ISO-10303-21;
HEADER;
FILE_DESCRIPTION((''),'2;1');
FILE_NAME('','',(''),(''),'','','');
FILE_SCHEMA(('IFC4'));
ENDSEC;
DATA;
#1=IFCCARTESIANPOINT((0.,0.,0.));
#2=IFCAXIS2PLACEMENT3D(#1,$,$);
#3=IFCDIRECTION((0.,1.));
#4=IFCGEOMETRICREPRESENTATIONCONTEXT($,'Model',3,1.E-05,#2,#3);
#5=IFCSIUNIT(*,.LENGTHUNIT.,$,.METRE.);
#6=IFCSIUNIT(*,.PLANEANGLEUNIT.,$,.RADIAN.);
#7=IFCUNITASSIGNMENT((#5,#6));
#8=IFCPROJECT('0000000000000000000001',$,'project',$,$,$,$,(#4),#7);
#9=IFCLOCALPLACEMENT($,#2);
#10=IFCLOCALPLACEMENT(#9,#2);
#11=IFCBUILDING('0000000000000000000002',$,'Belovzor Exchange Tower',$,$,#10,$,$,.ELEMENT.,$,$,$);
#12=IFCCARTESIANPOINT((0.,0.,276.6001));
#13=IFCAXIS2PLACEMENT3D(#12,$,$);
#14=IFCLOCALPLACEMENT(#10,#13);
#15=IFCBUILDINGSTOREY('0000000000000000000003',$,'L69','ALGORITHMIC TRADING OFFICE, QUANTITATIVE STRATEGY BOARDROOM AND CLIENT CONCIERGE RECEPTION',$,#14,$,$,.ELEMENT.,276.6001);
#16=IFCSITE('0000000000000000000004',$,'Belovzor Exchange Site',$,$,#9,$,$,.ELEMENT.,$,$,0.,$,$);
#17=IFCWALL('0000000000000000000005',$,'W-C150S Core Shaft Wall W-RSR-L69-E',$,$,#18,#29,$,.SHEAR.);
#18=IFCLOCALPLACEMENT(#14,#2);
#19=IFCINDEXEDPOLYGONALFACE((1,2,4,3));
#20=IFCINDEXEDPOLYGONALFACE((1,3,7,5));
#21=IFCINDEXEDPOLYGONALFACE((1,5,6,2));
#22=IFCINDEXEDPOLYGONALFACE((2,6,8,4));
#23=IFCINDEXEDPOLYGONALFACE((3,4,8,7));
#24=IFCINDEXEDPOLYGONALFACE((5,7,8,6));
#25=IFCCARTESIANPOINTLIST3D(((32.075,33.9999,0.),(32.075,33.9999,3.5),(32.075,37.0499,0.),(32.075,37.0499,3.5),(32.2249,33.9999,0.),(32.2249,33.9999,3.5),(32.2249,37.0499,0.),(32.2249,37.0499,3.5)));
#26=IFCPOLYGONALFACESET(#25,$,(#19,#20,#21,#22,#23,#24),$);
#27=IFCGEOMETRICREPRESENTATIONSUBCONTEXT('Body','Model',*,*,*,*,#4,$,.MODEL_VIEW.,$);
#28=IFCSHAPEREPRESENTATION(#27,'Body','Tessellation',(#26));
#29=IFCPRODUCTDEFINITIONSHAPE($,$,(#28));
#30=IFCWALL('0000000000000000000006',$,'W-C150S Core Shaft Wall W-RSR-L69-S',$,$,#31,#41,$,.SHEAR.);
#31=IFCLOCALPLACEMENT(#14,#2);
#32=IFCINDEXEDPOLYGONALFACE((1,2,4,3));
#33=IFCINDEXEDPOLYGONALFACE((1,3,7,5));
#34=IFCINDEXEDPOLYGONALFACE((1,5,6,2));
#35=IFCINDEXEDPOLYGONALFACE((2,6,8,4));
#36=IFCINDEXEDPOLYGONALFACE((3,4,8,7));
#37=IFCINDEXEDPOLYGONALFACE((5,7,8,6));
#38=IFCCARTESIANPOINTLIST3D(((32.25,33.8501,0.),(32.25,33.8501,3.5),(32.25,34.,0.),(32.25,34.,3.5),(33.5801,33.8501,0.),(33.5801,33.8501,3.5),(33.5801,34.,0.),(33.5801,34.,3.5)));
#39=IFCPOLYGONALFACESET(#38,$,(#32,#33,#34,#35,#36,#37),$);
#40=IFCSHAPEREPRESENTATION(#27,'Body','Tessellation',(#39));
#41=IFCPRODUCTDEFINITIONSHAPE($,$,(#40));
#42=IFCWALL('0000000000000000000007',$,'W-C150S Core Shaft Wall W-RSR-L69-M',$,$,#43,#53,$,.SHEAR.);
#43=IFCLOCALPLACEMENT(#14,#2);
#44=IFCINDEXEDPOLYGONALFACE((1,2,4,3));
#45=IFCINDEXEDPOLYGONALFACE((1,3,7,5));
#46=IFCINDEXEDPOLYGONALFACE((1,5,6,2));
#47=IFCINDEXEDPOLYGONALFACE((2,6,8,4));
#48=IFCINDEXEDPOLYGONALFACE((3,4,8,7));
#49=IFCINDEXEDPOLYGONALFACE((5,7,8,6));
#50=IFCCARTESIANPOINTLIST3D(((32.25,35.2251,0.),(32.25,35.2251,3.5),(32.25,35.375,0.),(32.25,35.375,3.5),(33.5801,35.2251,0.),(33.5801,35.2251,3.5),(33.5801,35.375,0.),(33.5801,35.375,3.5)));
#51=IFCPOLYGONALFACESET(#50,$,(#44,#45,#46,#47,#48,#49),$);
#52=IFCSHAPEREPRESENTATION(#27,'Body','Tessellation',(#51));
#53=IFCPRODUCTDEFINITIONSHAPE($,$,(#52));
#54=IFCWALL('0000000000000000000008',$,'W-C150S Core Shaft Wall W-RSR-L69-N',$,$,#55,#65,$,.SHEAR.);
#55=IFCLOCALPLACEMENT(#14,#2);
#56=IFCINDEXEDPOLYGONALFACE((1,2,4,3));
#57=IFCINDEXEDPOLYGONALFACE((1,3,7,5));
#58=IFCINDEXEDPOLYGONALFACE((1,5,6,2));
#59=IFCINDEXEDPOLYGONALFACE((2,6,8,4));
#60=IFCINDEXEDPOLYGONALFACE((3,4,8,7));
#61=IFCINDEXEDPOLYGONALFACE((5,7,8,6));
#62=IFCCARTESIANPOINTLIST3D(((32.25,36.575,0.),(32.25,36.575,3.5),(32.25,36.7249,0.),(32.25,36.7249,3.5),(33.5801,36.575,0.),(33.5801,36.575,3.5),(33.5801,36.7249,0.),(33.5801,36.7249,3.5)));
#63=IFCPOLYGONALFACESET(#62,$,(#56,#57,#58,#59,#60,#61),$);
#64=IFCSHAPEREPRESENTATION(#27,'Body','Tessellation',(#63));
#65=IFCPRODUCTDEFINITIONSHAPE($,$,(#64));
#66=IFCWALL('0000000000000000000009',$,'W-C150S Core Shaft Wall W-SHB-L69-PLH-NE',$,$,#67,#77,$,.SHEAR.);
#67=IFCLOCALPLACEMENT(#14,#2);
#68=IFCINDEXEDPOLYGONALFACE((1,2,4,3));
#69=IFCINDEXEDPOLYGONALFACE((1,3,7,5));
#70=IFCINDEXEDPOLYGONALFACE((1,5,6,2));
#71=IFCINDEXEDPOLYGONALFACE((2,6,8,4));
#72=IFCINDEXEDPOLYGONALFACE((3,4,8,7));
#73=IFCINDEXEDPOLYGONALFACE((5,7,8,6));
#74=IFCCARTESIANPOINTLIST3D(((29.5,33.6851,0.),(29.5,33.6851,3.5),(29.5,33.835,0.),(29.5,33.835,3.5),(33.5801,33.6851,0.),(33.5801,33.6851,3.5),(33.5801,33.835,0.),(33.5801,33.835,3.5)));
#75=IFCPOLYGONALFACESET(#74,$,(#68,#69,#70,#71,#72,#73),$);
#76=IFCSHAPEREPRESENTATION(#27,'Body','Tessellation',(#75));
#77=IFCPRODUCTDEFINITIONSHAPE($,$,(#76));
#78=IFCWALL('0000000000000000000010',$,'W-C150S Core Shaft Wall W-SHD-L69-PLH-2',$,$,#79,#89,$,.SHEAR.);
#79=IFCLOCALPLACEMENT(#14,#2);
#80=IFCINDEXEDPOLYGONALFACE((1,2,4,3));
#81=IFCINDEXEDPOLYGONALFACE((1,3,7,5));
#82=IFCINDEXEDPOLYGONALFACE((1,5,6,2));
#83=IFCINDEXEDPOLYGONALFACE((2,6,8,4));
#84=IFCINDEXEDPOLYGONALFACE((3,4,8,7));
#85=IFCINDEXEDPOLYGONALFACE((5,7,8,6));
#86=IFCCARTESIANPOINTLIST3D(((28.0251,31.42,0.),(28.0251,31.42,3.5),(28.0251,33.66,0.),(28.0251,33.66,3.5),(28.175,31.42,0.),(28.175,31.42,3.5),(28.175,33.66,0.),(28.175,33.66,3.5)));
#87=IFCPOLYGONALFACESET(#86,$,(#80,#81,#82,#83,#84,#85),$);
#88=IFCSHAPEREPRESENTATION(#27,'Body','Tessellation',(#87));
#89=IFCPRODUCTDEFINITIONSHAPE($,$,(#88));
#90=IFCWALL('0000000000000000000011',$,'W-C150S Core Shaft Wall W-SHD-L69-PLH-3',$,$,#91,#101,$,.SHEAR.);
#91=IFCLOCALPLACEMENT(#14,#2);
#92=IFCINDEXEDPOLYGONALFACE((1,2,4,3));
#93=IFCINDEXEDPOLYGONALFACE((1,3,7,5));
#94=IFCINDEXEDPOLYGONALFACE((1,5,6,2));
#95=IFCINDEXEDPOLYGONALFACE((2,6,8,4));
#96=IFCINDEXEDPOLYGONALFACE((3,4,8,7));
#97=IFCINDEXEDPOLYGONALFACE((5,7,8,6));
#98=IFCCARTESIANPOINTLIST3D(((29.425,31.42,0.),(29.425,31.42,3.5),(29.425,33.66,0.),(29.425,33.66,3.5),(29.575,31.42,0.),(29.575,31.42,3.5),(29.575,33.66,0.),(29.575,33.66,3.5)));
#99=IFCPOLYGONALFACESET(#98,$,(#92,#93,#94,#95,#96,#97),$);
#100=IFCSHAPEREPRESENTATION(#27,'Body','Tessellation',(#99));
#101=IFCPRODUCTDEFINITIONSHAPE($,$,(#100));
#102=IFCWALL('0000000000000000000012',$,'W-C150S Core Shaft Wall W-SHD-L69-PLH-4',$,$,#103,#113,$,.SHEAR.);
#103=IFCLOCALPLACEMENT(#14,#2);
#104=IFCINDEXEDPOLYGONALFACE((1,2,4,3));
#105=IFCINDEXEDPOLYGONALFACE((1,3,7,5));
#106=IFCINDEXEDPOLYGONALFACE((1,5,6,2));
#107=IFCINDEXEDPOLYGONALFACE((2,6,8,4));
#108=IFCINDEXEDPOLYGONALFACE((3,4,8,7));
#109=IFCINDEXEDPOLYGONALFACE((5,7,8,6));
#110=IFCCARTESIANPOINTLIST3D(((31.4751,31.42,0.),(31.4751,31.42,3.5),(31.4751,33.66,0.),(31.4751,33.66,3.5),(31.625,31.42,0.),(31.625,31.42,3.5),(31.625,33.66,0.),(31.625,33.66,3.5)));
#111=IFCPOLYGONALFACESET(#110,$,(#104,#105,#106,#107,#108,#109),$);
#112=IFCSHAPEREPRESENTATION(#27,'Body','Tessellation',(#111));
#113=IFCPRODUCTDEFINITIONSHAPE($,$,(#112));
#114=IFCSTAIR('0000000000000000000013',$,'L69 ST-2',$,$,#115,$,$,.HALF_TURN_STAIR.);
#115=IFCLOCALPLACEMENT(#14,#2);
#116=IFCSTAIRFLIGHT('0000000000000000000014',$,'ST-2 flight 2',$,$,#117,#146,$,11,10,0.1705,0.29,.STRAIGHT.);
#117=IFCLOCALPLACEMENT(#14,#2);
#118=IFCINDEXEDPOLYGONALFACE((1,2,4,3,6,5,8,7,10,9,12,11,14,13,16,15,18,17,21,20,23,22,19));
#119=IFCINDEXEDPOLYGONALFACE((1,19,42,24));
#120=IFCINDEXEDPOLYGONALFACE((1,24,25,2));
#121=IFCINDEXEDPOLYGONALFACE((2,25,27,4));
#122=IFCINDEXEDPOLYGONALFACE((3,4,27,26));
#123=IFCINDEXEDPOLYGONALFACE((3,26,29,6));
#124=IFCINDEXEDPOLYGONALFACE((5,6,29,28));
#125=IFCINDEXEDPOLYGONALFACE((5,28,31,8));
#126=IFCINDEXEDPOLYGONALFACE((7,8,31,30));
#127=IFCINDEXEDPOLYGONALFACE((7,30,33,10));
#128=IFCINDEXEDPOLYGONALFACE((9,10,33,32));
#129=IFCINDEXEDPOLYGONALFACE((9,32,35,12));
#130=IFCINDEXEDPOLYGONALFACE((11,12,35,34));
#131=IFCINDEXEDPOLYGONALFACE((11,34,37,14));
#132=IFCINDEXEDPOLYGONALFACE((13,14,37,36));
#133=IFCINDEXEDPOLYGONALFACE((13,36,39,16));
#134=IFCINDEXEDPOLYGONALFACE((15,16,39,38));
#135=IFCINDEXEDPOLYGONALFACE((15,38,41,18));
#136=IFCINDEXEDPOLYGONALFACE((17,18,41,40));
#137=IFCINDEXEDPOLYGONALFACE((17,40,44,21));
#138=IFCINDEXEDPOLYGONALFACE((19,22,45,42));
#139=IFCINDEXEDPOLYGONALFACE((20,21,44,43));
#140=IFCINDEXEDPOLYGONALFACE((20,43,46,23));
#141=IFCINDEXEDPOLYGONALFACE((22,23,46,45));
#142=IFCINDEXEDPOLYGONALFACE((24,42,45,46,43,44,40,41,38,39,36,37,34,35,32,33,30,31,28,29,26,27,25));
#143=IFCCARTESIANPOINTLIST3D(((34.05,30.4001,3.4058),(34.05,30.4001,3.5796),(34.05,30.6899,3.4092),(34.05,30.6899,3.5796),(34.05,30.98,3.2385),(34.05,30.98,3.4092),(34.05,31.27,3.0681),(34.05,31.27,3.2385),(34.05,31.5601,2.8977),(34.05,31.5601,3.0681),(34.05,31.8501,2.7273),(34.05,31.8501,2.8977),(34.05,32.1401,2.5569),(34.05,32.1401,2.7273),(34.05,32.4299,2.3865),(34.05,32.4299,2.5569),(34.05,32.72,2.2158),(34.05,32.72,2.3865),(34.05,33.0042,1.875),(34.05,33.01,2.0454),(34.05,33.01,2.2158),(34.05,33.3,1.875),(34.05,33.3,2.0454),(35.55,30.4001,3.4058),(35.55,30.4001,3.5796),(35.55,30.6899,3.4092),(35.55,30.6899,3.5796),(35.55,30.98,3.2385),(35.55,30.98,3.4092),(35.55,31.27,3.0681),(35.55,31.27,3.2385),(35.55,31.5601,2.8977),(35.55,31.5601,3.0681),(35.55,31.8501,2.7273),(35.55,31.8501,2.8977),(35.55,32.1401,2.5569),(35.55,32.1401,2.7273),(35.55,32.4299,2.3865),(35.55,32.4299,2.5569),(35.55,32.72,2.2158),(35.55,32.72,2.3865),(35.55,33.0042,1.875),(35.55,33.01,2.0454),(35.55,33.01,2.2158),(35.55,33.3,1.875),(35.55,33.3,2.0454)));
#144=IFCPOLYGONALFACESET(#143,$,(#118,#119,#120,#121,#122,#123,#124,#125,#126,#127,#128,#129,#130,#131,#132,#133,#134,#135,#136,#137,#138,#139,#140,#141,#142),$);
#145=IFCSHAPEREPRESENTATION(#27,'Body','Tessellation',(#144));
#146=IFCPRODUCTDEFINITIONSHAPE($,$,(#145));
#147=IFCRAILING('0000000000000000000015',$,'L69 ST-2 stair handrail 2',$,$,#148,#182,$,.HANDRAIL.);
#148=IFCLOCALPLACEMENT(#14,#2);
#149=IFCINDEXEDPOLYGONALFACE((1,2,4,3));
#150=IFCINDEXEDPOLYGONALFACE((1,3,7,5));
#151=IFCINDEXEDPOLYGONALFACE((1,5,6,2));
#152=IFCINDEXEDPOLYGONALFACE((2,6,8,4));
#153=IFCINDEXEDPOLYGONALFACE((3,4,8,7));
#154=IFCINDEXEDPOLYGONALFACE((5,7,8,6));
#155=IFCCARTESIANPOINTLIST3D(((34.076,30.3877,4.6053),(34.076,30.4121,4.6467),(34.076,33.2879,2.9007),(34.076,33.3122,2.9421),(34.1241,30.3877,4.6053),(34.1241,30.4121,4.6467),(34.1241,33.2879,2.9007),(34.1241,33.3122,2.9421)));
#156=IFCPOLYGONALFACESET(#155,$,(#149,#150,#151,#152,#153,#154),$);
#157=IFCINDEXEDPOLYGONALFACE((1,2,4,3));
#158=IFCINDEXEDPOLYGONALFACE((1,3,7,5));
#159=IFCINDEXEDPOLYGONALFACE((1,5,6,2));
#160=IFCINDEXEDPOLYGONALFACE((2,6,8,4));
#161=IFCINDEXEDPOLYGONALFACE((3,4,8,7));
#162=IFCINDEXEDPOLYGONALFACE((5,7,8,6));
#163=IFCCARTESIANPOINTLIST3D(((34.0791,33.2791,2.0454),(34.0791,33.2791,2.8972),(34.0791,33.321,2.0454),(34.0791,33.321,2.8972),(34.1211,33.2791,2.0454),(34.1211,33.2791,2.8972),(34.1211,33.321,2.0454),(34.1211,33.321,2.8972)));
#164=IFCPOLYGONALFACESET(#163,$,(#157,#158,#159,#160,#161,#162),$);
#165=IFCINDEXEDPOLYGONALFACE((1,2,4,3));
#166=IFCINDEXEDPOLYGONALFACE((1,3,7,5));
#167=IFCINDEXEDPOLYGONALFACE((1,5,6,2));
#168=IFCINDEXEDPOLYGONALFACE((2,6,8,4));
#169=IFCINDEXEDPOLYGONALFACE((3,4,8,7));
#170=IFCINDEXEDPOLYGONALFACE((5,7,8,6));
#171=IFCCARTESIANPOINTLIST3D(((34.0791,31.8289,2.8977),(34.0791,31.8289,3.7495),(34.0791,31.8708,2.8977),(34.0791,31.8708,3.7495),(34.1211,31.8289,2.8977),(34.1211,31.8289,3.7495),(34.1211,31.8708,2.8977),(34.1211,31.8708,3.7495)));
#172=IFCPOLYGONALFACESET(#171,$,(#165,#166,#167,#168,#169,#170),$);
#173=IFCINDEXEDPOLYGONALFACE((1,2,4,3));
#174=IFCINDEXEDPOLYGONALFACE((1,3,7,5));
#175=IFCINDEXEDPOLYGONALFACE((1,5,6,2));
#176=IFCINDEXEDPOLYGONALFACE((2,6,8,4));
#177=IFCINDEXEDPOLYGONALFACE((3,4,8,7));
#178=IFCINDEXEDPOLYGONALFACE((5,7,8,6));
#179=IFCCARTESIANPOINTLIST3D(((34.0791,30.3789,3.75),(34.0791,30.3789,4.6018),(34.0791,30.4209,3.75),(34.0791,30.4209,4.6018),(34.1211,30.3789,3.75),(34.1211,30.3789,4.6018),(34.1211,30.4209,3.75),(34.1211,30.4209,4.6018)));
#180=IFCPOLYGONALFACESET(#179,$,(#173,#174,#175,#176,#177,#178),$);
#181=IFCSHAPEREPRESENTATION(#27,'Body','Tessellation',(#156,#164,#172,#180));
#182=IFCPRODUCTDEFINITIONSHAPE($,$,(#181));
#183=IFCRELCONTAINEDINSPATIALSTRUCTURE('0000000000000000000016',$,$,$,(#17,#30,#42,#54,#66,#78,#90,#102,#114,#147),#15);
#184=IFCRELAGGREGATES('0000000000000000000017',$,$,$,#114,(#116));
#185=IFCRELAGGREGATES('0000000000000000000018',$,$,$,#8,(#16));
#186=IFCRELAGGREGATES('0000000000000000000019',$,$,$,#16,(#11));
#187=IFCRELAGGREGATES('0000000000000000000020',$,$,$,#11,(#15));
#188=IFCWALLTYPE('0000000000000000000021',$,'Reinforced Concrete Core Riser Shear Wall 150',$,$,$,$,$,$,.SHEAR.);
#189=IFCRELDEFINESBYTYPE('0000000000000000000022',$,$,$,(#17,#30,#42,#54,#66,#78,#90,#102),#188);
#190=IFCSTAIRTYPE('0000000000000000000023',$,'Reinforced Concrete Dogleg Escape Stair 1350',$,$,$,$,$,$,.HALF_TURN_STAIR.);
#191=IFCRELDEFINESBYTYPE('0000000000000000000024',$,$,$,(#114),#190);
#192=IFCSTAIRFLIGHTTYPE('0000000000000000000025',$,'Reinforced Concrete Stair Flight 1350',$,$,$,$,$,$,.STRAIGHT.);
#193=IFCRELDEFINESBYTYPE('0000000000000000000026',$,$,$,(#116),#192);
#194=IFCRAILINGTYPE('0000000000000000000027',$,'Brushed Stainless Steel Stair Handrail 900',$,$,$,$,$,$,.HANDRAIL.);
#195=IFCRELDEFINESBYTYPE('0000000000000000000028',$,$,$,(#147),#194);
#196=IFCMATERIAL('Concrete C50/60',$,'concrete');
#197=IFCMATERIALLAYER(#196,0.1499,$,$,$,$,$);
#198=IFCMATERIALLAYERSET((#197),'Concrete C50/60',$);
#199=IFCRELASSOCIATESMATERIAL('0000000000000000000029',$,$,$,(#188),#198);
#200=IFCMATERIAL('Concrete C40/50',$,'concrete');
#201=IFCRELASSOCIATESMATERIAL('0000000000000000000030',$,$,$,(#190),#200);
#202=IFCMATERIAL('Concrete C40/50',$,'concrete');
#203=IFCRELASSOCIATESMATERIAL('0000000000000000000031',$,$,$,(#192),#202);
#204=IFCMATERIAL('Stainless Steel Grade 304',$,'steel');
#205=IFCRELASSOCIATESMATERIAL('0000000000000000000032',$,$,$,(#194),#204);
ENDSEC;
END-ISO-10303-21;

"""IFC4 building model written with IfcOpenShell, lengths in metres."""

from ifc_helpers import new_model, si_unit, direction, frame, frame_2d, origin, origin_2d, place, context, subcontext, project, spatial, polyline, rectangle, outline, extrude, material, layer, layer_set, type_object, element, aggregate, save


model = new_model("IFC4")

# Units and contexts
model_context = context("Model", 3, precision=1e-05, world=origin(), true_north=direction((0.0, 1.0)))
body_context = subcontext(model_context, "Body", "Model", "MODEL_VIEW")
ifc_project = project(units=[si_unit("LENGTHUNIT", "METRE"), si_unit("PLANEANGLEUNIT", "RADIAN")], contexts=[model_context])

# Site, building, storey
site_placement = place(None, origin())
site = spatial("IfcSite", under=ifc_project, at=site_placement, Name="Belovzor Exchange Site", CompositionType="ELEMENT", RefElevation=0.0)
building_placement = place(site_placement, origin())
building = spatial("IfcBuilding", under=site, at=building_placement, Name="Belovzor Exchange Tower", CompositionType="ELEMENT")
storey_placement = place(building_placement, frame((0.0, 0.0, 276.6001)))
storey = spatial("IfcBuildingStorey", under=building, at=storey_placement, Name="L69", Description="ALGORITHMIC TRADING OFFICE, QUANTITATIVE STRATEGY BOARDROOM AND CLIENT CONCIERGE RECEPTION", CompositionType="ELEMENT", Elevation=276.6001)

# Walls
ifc_material_1 = material(Name="Concrete C50/60", Category="concrete")
ifc_layer_1 = layer(ifc_material_1, 0.1499)
ifc_layer_set_1 = layer_set([ifc_layer_1], Name="Concrete C50/60")
wall_type_1 = type_object("IfcWallType", Name="Reinforced Concrete Core Riser Shear Wall 150", PredefinedType="SHEAR", material=ifc_layer_set_1)
wall_1_placement = place(storey_placement, frame((32.1499, 34.0, 0.0), z_axis=(0.0, 0.0, 1.0), x_axis=(0.0, 1.0, 0.0)))
element("IfcWall", 1, at=wall_1_placement, inside=storey, type_object=wall_type_1, Name="W-C150S Core Shaft Wall W-RSR-L69-E", PredefinedType="SHEAR", context=body_context, shape_type="SweptSolid", body=[
    extrude(rectangle(XDim=3.05, YDim=0.1499, at=frame_2d((1.5249, 0.0))), origin(), (0.0, 0.0, 1.0), 3.5),
])
for number, where, z_axis, x_axis, name in (
    (2, (32.25, 33.925, 0.0), (0.0, 0.0, 1.0), (1.0, 0.0, 0.0), "W-C150S Core Shaft Wall W-RSR-L69-S"),
    (3, (32.25, 35.3, 0.0), (0.0, 0.0, 1.0), (1.0, 0.0, 0.0), "W-C150S Core Shaft Wall W-RSR-L69-M"),
    (4, (32.25, 36.6499, 0.0), (0.0, 0.0, 1.0), (1.0, 0.0, 0.0), "W-C150S Core Shaft Wall W-RSR-L69-N"),
):
    element("IfcWall", number, at=place(storey_placement, frame(where, z_axis=z_axis, x_axis=x_axis)), inside=storey, type_object=wall_type_1, Name=name, PredefinedType="SHEAR", context=body_context, shape_type="SweptSolid", body=[
        extrude(rectangle(XDim=1.3301, YDim=0.1499, at=frame_2d((0.665, 0.0))), origin(), (0.0, 0.0, 1.0), 3.5),
    ])
wall_2_placement = place(storey_placement, frame((29.5, 33.76, 0.0), z_axis=(0.0, 0.0, 1.0), x_axis=(1.0, 0.0, 0.0)))
element("IfcWall", 5, at=wall_2_placement, inside=storey, type_object=wall_type_1, Name="W-C150S Core Shaft Wall W-SHB-L69-PLH-NE", PredefinedType="SHEAR", context=body_context, shape_type="SweptSolid", body=[
    extrude(rectangle(XDim=4.0801, YDim=0.1499, at=frame_2d((2.04, 0.0))), origin(), (0.0, 0.0, 1.0), 3.5),
])
for number, where, z_axis, x_axis, name in (
    (6, (28.1001, 31.4199, 0.0), (0.0, 0.0, 1.0), (0.0, 1.0, 0.0), "W-C150S Core Shaft Wall W-SHD-L69-PLH-2"),
    (7, (29.5, 31.4199, 0.0), (0.0, 0.0, 1.0), (0.0, 1.0, 0.0), "W-C150S Core Shaft Wall W-SHD-L69-PLH-3"),
    (8, (31.55, 31.4199, 0.0), (0.0, 0.0, 1.0), (0.0, 1.0, 0.0), "W-C150S Core Shaft Wall W-SHD-L69-PLH-4"),
):
    element("IfcWall", number, at=place(storey_placement, frame(where, z_axis=z_axis, x_axis=x_axis)), inside=storey, type_object=wall_type_1, Name=name, PredefinedType="SHEAR", context=body_context, shape_type="SweptSolid", body=[
        extrude(rectangle(XDim=2.24, YDim=0.1499, at=frame_2d((1.1201, 0.0))), origin(), (0.0, 0.0, 1.0), 3.5),
    ])

# Stair, stair flight
ifc_material_2 = material(Name="Concrete C40/50", Category="concrete")
stair_type = type_object("IfcStairType", Name="Reinforced Concrete Dogleg Escape Stair 1350", PredefinedType="HALF_TURN_STAIR", material=ifc_material_2)
stair_placement = place(storey_placement, origin())
stair = element("IfcStair", 9, at=stair_placement, inside=storey, type_object=stair_type, Name="L69 ST-2", PredefinedType="HALF_TURN_STAIR")
ifc_material_3 = material(Name="Concrete C40/50", Category="concrete")
stair_flight_type = type_object("IfcStairFlightType", Name="Reinforced Concrete Stair Flight 1350", PredefinedType="STRAIGHT", material=ifc_material_3)
stair_flight_placement = place(storey_placement, frame((34.8, 33.3, 1.875), z_axis=(0.0, 0.0, 1.0), x_axis=(0.0, -1.0, 0.0)))
stair_flight = element("IfcStairFlight", 10, at=stair_flight_placement, type_object=stair_flight_type, Name="ST-2 flight 2", NumberOfRisers=11, NumberOfTreads=10, PredefinedType="STRAIGHT", RiserHeight=0.1705, TreadLength=0.29, context=body_context, shape_type="SweptSolid", body=[
    extrude(outline(polyline([(0.0, 0.0), (0.0, 0.1704), (0.29, 0.1704), (0.29, 0.3408), (0.5801, 0.3408), (0.5801, 0.5115), (0.8701, 0.5115), (0.8701, 0.6819), (1.1599, 0.6819), (1.1599, 0.8523), (1.45, 0.8523), (1.45, 1.0227), (1.74, 1.0227), (1.74, 1.1931), (2.03, 1.1931), (2.03, 1.3635), (2.3201, 1.3635), (2.3201, 1.5342), (2.6101, 1.5342), (2.6101, 1.7046), (2.8999, 1.7046), (2.8999, 1.875), (2.8999, 1.5308), (0.2959, 0.0), (0.0, 0.0)])), frame((0.0, 0.75, 0.0), z_axis=(0.0, -1.0, 0.0), x_axis=(1.0, 0.0, 0.0)), (0.0, 0.0, 1.0), 1.5),
])
aggregate(stair, [stair_flight])

# Railing
ifc_material_4 = material(Name="Stainless Steel Grade 304", Category="steel")
railing_type_1 = type_object("IfcRailingType", Name="Brushed Stainless Steel Stair Handrail 900", PredefinedType="HANDRAIL", material=ifc_material_4)
railing_1_placement = place(storey_placement, frame((34.1001, 33.3, 2.0454)))
element("IfcRailing", 11, at=railing_1_placement, inside=storey, type_object=railing_type_1, Name="L69 ST-2 stair handrail 2", PredefinedType="HANDRAIL", context=body_context, shape_type="SweptSolid", body=[
    extrude(rectangle(XDim=0.0481, YDim=0.0481, at=origin_2d()), frame((0.0, 0.0, 0.876), z_axis=(0.0, -0.862113, 0.506716), x_axis=(1.0, 0.0, 0.0)), (0.0, 0.0, 1.0), 3.364),
    extrude(rectangle(XDim=0.042, YDim=0.042, at=origin_2d()), origin(), (0.0, 0.0, 1.0), 0.8518),
    extrude(rectangle(XDim=0.042, YDim=0.042, at=origin_2d()), frame((0.0, -1.4502, 0.8523)), (0.0, 0.0, 1.0), 0.8518),
    extrude(rectangle(XDim=0.042, YDim=0.042, at=origin_2d()), frame((0.0, -2.9001, 1.7046)), (0.0, 0.0, 1.0), 0.8518),
])

save(model, "model.ifc")
